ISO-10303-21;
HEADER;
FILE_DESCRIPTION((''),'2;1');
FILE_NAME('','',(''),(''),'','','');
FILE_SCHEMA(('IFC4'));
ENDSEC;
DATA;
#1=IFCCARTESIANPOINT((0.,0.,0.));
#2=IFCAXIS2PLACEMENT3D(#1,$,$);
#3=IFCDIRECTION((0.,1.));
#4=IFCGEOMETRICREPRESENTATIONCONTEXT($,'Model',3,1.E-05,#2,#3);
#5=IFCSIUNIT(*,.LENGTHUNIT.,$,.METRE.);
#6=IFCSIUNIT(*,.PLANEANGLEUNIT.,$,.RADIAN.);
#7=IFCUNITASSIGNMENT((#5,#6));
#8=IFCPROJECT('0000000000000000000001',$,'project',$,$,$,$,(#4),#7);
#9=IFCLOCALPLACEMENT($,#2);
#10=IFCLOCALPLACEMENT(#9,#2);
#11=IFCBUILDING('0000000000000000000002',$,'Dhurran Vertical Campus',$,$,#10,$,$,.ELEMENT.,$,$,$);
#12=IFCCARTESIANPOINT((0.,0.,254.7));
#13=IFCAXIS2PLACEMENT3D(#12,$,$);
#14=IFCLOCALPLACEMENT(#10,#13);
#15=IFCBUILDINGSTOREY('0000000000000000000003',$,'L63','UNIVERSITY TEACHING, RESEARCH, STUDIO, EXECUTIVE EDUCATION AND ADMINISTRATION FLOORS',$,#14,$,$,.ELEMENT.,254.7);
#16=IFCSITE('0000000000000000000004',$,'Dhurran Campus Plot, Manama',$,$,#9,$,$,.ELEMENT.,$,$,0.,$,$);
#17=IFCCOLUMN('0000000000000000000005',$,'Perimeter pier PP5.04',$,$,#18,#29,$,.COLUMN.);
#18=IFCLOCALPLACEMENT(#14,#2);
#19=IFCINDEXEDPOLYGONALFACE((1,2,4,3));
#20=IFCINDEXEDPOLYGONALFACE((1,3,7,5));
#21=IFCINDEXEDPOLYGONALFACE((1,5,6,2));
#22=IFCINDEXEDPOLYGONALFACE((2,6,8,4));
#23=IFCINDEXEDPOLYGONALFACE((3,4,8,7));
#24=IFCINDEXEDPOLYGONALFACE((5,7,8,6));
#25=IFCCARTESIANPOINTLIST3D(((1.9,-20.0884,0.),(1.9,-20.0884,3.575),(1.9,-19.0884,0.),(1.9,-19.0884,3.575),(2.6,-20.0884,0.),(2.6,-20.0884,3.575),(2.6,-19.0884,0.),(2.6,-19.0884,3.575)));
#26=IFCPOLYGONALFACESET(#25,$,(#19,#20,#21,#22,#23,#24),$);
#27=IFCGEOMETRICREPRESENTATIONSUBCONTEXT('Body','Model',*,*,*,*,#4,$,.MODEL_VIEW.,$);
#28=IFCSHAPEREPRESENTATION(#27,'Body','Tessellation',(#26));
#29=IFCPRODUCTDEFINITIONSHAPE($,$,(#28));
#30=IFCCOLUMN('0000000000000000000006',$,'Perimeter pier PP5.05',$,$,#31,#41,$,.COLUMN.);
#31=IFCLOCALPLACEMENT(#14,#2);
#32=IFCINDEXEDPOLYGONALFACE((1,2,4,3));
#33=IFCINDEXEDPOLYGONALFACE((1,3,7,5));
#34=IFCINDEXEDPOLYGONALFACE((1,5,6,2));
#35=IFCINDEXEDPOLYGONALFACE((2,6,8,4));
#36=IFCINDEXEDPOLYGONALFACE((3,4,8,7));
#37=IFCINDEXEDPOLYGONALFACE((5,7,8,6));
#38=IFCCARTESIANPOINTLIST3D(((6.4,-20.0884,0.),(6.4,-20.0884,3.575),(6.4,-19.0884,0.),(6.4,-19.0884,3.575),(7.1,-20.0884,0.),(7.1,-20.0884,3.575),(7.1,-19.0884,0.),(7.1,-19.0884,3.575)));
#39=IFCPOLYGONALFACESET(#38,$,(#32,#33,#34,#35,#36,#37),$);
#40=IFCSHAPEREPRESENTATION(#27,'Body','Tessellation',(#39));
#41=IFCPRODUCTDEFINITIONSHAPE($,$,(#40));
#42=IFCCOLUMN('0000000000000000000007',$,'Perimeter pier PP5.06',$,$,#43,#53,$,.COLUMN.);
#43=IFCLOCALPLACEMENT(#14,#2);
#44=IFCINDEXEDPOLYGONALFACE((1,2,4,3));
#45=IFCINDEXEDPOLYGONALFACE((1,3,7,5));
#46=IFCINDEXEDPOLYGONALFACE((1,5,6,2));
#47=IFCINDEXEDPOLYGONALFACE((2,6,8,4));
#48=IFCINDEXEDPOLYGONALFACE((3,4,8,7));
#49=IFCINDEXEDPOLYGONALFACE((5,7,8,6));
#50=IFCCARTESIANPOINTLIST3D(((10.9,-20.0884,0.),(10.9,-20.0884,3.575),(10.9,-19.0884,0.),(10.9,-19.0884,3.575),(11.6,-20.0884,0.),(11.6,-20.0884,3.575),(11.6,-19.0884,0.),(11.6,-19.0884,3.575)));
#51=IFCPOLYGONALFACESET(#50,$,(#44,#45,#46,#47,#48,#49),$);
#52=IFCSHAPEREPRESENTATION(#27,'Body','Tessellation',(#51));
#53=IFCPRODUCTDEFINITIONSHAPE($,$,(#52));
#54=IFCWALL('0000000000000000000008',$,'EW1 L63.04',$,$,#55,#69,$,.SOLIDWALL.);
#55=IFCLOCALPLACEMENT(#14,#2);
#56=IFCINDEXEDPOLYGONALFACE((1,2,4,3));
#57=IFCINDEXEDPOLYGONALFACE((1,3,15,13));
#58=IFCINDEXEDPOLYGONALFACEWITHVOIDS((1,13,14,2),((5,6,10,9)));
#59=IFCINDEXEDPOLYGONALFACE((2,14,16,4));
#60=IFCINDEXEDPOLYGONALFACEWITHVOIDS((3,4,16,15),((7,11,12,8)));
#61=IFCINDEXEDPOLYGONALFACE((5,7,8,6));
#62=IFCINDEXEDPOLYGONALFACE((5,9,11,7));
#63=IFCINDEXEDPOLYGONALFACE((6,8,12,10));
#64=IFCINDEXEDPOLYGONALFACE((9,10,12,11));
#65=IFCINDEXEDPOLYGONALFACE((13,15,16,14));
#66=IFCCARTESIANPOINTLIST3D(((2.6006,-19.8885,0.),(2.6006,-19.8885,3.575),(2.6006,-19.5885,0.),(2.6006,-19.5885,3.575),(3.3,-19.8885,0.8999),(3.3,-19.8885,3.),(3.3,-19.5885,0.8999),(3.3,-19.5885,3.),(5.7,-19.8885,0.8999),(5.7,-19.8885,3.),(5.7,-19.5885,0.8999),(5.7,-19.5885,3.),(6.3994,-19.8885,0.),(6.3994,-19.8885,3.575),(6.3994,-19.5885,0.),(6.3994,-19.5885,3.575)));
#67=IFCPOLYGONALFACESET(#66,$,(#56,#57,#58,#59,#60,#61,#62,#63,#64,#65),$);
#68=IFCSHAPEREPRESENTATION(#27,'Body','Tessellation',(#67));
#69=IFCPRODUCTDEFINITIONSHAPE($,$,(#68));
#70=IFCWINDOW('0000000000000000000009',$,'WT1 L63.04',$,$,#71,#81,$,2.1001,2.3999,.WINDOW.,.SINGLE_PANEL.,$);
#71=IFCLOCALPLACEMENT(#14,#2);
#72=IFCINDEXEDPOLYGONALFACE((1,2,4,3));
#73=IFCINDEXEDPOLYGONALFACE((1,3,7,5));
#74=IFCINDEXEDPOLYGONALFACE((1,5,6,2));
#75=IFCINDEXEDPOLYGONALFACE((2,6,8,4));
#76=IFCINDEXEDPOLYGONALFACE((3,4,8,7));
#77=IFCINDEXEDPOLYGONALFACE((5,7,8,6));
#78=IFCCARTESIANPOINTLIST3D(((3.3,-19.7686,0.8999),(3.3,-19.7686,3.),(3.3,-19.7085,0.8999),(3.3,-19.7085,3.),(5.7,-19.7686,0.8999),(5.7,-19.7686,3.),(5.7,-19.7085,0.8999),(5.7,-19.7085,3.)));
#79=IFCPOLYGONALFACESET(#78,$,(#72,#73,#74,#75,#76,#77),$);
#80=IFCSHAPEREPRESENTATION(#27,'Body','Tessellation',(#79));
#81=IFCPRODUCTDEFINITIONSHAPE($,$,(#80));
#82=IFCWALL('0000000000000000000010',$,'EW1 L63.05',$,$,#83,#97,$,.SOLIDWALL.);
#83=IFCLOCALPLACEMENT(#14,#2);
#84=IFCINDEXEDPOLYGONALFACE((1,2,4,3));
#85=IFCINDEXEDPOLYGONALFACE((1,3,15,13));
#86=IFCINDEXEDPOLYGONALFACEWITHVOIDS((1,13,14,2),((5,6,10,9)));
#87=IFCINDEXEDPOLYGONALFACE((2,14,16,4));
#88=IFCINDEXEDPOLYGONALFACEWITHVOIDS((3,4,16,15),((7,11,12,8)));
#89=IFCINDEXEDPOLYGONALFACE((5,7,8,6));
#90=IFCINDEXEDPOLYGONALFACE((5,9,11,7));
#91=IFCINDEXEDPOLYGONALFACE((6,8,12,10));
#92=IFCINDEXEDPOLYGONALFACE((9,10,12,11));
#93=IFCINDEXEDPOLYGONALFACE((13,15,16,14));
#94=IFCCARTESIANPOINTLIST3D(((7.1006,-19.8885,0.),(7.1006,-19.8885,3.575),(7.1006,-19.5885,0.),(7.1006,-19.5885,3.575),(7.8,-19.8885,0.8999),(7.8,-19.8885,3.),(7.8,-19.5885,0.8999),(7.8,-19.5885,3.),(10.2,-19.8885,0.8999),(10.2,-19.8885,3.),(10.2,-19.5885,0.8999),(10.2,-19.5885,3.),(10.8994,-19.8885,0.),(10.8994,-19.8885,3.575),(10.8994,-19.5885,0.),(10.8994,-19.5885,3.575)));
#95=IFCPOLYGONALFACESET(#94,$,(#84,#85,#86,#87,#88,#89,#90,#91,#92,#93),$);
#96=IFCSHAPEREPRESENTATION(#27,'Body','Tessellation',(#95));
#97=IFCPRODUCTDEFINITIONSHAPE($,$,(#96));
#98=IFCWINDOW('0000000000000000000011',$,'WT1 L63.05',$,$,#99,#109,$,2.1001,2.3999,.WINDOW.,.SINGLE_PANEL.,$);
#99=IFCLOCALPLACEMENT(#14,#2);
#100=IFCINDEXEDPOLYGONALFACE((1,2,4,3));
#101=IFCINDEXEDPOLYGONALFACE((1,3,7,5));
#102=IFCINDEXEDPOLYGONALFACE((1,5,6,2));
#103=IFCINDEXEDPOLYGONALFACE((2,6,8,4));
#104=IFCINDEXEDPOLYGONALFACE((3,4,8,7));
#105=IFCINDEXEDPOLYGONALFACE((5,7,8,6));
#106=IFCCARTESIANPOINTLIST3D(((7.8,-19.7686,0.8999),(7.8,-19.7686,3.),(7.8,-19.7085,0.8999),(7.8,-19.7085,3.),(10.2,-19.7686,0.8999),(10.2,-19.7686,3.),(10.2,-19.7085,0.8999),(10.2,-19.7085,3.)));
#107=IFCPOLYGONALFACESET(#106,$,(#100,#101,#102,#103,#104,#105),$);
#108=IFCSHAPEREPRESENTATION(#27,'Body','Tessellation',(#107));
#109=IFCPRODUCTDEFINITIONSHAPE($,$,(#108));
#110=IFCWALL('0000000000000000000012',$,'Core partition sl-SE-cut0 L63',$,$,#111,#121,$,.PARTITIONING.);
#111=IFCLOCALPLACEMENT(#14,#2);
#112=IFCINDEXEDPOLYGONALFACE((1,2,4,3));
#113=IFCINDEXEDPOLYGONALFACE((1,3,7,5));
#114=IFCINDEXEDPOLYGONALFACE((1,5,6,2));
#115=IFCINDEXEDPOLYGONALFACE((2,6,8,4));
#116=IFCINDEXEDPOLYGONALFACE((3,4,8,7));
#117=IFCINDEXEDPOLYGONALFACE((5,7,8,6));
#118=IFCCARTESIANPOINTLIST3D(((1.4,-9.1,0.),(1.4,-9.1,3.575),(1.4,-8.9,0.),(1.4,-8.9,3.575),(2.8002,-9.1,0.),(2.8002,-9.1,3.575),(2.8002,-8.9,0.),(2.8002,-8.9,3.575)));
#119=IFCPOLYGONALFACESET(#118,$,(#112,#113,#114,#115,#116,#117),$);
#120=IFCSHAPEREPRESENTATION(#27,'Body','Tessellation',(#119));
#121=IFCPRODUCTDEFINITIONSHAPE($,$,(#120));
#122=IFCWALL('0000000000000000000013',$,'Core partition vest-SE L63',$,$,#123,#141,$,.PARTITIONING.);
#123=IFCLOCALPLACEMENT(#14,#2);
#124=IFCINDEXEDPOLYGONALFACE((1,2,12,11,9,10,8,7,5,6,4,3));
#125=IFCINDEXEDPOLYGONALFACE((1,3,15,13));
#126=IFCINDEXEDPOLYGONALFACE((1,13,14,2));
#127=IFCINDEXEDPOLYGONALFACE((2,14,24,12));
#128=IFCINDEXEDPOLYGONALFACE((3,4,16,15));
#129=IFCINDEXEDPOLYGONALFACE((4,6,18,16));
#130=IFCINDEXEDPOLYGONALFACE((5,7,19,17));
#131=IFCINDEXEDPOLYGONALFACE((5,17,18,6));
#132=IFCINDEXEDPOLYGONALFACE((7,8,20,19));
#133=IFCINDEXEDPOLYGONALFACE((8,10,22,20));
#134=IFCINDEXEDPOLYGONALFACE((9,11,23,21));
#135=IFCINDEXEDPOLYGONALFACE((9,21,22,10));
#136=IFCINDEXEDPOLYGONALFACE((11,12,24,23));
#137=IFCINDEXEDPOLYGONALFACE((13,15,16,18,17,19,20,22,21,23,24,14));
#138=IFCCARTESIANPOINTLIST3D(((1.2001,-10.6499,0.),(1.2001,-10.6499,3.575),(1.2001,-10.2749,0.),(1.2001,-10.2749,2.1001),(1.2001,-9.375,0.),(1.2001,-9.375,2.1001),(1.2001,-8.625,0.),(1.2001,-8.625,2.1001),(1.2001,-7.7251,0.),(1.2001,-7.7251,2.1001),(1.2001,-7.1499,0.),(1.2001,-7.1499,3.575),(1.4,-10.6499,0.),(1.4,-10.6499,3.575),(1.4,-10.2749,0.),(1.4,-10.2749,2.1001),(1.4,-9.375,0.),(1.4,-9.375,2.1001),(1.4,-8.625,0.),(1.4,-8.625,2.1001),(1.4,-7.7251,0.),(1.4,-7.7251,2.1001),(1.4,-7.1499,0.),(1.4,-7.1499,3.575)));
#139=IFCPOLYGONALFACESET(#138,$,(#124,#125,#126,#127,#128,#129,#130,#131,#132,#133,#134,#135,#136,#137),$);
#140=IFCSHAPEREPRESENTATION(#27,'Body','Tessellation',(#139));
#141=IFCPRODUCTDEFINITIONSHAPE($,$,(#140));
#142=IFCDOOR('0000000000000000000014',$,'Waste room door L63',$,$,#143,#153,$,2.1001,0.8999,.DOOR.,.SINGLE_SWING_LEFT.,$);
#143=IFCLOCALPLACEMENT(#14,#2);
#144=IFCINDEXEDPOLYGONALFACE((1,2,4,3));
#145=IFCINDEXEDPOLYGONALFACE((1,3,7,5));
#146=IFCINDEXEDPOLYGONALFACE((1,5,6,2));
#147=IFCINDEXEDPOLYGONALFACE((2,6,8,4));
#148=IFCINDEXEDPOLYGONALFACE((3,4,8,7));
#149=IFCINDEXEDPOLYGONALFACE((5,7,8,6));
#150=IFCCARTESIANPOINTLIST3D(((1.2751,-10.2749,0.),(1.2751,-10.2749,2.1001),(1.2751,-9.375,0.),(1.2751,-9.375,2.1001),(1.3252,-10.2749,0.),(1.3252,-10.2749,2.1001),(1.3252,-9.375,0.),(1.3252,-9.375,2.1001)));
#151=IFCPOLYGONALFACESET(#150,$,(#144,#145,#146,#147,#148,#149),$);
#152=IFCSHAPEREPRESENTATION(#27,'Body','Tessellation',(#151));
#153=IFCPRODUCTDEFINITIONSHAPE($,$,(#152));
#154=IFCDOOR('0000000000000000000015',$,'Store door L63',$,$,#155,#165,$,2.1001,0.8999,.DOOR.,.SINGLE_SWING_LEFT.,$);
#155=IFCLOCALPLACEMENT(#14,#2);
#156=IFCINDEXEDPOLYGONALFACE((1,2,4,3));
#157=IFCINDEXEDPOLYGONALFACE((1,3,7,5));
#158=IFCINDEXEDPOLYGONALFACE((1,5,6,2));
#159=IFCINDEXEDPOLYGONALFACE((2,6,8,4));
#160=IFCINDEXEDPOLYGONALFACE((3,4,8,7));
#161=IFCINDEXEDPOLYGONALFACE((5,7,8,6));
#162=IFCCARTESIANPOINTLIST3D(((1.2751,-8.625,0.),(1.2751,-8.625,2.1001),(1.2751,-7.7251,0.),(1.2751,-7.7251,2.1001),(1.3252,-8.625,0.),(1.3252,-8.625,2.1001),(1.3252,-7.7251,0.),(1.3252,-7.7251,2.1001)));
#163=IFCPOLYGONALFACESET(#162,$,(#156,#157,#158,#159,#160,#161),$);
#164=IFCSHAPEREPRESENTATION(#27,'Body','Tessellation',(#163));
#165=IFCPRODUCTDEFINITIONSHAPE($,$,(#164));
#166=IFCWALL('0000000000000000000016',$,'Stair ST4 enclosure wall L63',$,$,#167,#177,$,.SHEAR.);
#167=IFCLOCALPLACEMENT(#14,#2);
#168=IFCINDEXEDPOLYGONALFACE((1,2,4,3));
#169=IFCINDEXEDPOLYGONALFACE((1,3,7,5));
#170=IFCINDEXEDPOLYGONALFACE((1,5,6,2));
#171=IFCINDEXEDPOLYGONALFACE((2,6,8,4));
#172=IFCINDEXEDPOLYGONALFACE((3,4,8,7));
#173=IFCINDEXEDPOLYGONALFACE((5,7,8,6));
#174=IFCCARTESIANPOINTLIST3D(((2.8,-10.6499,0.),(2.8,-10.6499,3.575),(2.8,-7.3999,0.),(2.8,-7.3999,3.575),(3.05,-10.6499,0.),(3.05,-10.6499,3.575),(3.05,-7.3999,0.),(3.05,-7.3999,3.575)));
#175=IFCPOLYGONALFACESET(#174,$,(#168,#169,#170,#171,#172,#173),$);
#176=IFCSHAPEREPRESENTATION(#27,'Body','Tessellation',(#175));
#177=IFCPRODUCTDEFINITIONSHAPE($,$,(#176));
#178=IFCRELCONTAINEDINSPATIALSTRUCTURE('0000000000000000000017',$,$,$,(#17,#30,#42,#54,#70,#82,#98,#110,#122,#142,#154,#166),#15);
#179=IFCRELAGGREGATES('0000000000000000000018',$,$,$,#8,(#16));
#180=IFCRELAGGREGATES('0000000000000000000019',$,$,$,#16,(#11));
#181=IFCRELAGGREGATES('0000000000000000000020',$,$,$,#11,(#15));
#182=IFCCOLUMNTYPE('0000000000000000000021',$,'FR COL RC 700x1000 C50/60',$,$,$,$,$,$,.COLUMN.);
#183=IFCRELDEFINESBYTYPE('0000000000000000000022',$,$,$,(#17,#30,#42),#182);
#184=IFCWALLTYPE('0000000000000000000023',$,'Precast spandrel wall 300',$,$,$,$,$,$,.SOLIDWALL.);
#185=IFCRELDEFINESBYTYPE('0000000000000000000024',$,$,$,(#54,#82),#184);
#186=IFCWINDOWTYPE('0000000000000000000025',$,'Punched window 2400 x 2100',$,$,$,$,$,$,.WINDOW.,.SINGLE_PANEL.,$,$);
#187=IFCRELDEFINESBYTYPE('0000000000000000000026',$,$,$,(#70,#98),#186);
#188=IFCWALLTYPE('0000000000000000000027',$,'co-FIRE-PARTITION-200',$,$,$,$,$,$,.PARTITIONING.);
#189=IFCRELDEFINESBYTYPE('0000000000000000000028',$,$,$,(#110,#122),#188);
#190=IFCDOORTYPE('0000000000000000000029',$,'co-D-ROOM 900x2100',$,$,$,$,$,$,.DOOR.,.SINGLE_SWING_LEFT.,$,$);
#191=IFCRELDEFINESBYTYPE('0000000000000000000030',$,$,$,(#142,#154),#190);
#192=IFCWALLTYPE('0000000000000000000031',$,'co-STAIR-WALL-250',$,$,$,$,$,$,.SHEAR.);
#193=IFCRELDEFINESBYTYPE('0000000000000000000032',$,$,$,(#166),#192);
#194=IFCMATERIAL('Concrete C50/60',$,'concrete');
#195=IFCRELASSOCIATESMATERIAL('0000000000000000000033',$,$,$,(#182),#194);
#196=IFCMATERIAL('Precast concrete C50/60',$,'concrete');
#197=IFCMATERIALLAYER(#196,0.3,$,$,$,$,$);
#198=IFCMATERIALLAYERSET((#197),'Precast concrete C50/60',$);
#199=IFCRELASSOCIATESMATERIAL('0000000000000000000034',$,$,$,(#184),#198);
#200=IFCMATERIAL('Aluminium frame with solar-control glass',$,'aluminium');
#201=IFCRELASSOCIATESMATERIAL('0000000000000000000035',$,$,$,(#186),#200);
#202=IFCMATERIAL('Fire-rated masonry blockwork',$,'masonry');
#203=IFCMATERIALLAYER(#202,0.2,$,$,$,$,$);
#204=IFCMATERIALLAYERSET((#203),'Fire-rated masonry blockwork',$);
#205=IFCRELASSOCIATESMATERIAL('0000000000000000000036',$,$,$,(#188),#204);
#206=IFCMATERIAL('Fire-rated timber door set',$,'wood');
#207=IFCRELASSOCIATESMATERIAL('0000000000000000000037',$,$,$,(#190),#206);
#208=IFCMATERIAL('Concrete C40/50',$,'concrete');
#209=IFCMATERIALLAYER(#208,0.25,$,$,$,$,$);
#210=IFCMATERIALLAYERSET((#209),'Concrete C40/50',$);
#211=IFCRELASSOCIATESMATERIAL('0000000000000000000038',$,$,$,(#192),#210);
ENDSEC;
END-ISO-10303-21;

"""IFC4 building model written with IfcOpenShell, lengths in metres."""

from ifc_helpers import new_model, si_unit, direction, frame, frame_2d, origin, origin_2d, place, context, subcontext, project, spatial, rectangle, extrude, material, layer, layer_set, material_profile, profile_set, type_object, element, fill, save


model = new_model("IFC4")

# Units and contexts
model_context = context("Model", 3, precision=1e-05, world=origin(), true_north=direction((0.0, 1.0)))
body_context = subcontext(model_context, "Body", "Model", "MODEL_VIEW")
ifc_project = project(units=[si_unit("LENGTHUNIT", "METRE"), si_unit("PLANEANGLEUNIT", "RADIAN")], contexts=[model_context])

# Site, building, storey
site_placement = place(None, origin())
site = spatial("IfcSite", under=ifc_project, at=site_placement, Name="Dhurran Campus Plot, Manama", CompositionType="ELEMENT", RefElevation=0.0)
building_placement = place(site_placement, origin())
building = spatial("IfcBuilding", under=site, at=building_placement, Name="Dhurran Vertical Campus", CompositionType="ELEMENT")
storey_placement = place(building_placement, frame((0.0, 0.0, 254.7)))
storey = spatial("IfcBuildingStorey", under=building, at=storey_placement, Name="L63", Description="UNIVERSITY TEACHING, RESEARCH, STUDIO, EXECUTIVE EDUCATION AND ADMINISTRATION FLOORS", CompositionType="ELEMENT", Elevation=254.7)

# Columns
ifc_material_1 = material(Name="Concrete C50/60", Category="concrete")
ifc_material_profile = material_profile(ifc_material_1, rectangle(XDim=0.7, YDim=1.0, at=origin_2d()), Name="RC 700x1000")
ifc_profile_set = profile_set([ifc_material_profile], Name="Concrete C50/60")
column_type = type_object("IfcColumnType", Name="FR COL RC 700x1000 C50/60", PredefinedType="COLUMN", material=ifc_profile_set)
for number, where, z_axis, x_axis, name in (
    (1, (2.25, -19.5884, 0.0), (0.0, 0.0, 1.0), (1.0, 0.0, 0.0), "Perimeter pier PP5.04"),
    (2, (6.75, -19.5884, 0.0), (0.0, 0.0, 1.0), (1.0, 0.0, 0.0), "Perimeter pier PP5.05"),
    (3, (11.25, -19.5884, 0.0), (0.0, 0.0, 1.0), (1.0, 0.0, 0.0), "Perimeter pier PP5.06"),
):
    element("IfcColumn", number, at=place(storey_placement, frame(where, z_axis=z_axis, x_axis=x_axis)), inside=storey, type_object=column_type, Name=name, PredefinedType="COLUMN", context=body_context, shape_type="SweptSolid", body=[
        extrude(rectangle(XDim=0.7, YDim=1.0, at=origin_2d()), origin(), (0.0, 0.0, 1.0), 3.575),
    ])

# Walls, openings, windows
ifc_material_2 = material(Name="Precast concrete C50/60", Category="concrete")
ifc_layer_1 = layer(ifc_material_2, 0.3)
ifc_layer_set_1 = layer_set([ifc_layer_1], Name="Precast concrete C50/60")
wall_type_1 = type_object("IfcWallType", Name="Precast spandrel wall 300", PredefinedType="SOLIDWALL", material=ifc_layer_set_1)
wall_1_placement = place(storey_placement, frame((2.6006, -19.7385, 0.0), z_axis=(0.0, 0.0, 1.0), x_axis=(1.0, 0.0, 0.0)))
wall_1 = element("IfcWall", 4, at=wall_1_placement, inside=storey, type_object=wall_type_1, Name="EW1 L63.04", PredefinedType="SOLIDWALL", context=body_context, shape_type="SweptSolid", body=[
    extrude(rectangle(XDim=3.7988, YDim=0.3, at=frame_2d((1.8994, 0.0))), origin(), (0.0, 0.0, 1.0), 3.575),
])
opening_1_placement = place(wall_1_placement, frame((0.6995, 0.0, 0.8999)))
opening_1 = element("IfcOpeningElement", 5, at=opening_1_placement, cuts=wall_1, PredefinedType="OPENING", context=body_context, shape_type="SweptSolid", body=[
    extrude(rectangle(XDim=2.3999, YDim=2.1001, at=frame_2d((1.2, 1.05))), frame((0.0, 0.1599, 0.0), z_axis=(0.0, -1.0, 0.0), x_axis=(1.0, 0.0, 0.0)), (0.0, 0.0, 1.0), 0.3201),
])
ifc_material_3 = material(Name="Aluminium frame with solar-control glass", Category="aluminium")
window_type = type_object("IfcWindowType", Name="Punched window 2400 x 2100", PartitioningType="SINGLE_PANEL", PredefinedType="WINDOW", material=ifc_material_3)
window_1_placement = place(opening_1_placement, origin())
window_1 = element("IfcWindow", 6, at=window_1_placement, inside=storey, type_object=window_type, Name="WT1 L63.04", OverallHeight=2.1001, OverallWidth=2.3999, PartitioningType="SINGLE_PANEL", PredefinedType="WINDOW", context=body_context, shape_type="SweptSolid", body=[
    extrude(rectangle(XDim=2.3999, YDim=2.1001, at=frame_2d((1.2, 1.05))), frame((0.0, 0.03, 0.0), z_axis=(0.0, -1.0, 0.0), x_axis=(1.0, 0.0, 0.0)), (0.0, 0.0, 1.0), 0.0601),
])
fill(opening_1, window_1)
wall_2_placement = place(storey_placement, frame((7.1006, -19.7385, 0.0), z_axis=(0.0, 0.0, 1.0), x_axis=(1.0, 0.0, 0.0)))
wall_2 = element("IfcWall", 7, at=wall_2_placement, inside=storey, type_object=wall_type_1, Name="EW1 L63.05", PredefinedType="SOLIDWALL", context=body_context, shape_type="SweptSolid", body=[
    extrude(rectangle(XDim=3.7988, YDim=0.3, at=frame_2d((1.8994, 0.0))), origin(), (0.0, 0.0, 1.0), 3.575),
])
opening_2_placement = place(wall_2_placement, frame((0.6995, 0.0, 0.8999)))
opening_2 = element("IfcOpeningElement", 8, at=opening_2_placement, cuts=wall_2, PredefinedType="OPENING", context=body_context, shape_type="SweptSolid", body=[
    extrude(rectangle(XDim=2.3999, YDim=2.1001, at=frame_2d((1.2, 1.05))), frame((0.0, 0.1599, 0.0), z_axis=(0.0, -1.0, 0.0), x_axis=(1.0, 0.0, 0.0)), (0.0, 0.0, 1.0), 0.3201),
])
window_2_placement = place(opening_2_placement, origin())
window_2 = element("IfcWindow", 9, at=window_2_placement, inside=storey, type_object=window_type, Name="WT1 L63.05", OverallHeight=2.1001, OverallWidth=2.3999, PartitioningType="SINGLE_PANEL", PredefinedType="WINDOW", context=body_context, shape_type="SweptSolid", body=[
    extrude(rectangle(XDim=2.3999, YDim=2.1001, at=frame_2d((1.2, 1.05))), frame((0.0, 0.03, 0.0), z_axis=(0.0, -1.0, 0.0), x_axis=(1.0, 0.0, 0.0)), (0.0, 0.0, 1.0), 0.0601),
])
fill(opening_2, window_2)

# Wall
ifc_material_4 = material(Name="Fire-rated masonry blockwork", Category="masonry")
ifc_layer_2 = layer(ifc_material_4, 0.2)
ifc_layer_set_2 = layer_set([ifc_layer_2], Name="Fire-rated masonry blockwork")
wall_type_2 = type_object("IfcWallType", Name="co-FIRE-PARTITION-200", PredefinedType="PARTITIONING", material=ifc_layer_set_2)
wall_3_placement = place(storey_placement, frame((1.3999, -9.0, 0.0), z_axis=(0.0, 0.0, 1.0), x_axis=(1.0, 0.0, 0.0)))
element("IfcWall", 10, at=wall_3_placement, inside=storey, type_object=wall_type_2, Name="Core partition sl-SE-cut0 L63", PredefinedType="PARTITIONING", context=body_context, shape_type="SweptSolid", body=[
    extrude(rectangle(XDim=1.4001, YDim=0.2, at=frame_2d((0.7002, 0.0))), origin(), (0.0, 0.0, 1.0), 3.575),
])

# Wall, openings, doors
wall_4_placement = place(storey_placement, frame((1.3, -10.6499, 0.0), z_axis=(0.0, 0.0, 1.0), x_axis=(0.0, 1.0, 0.0)))
wall_4 = element("IfcWall", 11, at=wall_4_placement, inside=storey, type_object=wall_type_2, Name="Core partition vest-SE L63", PredefinedType="PARTITIONING", context=body_context, shape_type="SweptSolid", body=[
    extrude(rectangle(XDim=3.5, YDim=0.2, at=frame_2d((1.75, 0.0))), origin(), (0.0, 0.0, 1.0), 3.575),
])
opening_3_placement = place(wall_4_placement, frame((0.375, 0.0, 0.0)))
opening_3 = element("IfcOpeningElement", 12, at=opening_3_placement, cuts=wall_4, PredefinedType="OPENING", context=body_context, shape_type="SweptSolid", body=[
    extrude(rectangle(XDim=0.8999, YDim=2.1001, at=frame_2d((0.45, 1.05))), frame((0.0, 0.1099, 0.0), z_axis=(0.0, -1.0, 0.0), x_axis=(1.0, 0.0, 0.0)), (0.0, 0.0, 1.0), 0.22),
])
opening_4_placement = place(wall_4_placement, frame((2.0249, 0.0, 0.0)))
opening_4 = element("IfcOpeningElement", 13, at=opening_4_placement, cuts=wall_4, PredefinedType="OPENING", context=body_context, shape_type="SweptSolid", body=[
    extrude(rectangle(XDim=0.8999, YDim=2.1001, at=frame_2d((0.45, 1.05))), frame((0.0, 0.1099, 0.0), z_axis=(0.0, -1.0, 0.0), x_axis=(1.0, 0.0, 0.0)), (0.0, 0.0, 1.0), 0.22),
])
ifc_material_5 = material(Name="Fire-rated timber door set", Category="wood")
door_type = type_object("IfcDoorType", Name="co-D-ROOM 900x2100", OperationType="SINGLE_SWING_LEFT", PredefinedType="DOOR", material=ifc_material_5)
door_1_placement = place(opening_3_placement, origin())
door_1 = element("IfcDoor", 14, at=door_1_placement, inside=storey, type_object=door_type, Name="Waste room door L63", OperationType="SINGLE_SWING_LEFT", OverallHeight=2.1001, OverallWidth=0.8999, PredefinedType="DOOR", context=body_context, shape_type="SweptSolid", body=[
    extrude(rectangle(XDim=0.8999, YDim=2.1001, at=frame_2d((0.45, 1.05))), frame((0.0, 0.0249, 0.0), z_axis=(0.0, -1.0, 0.0), x_axis=(1.0, 0.0, 0.0)), (0.0, 0.0, 1.0), 0.05),
])
fill(opening_3, door_1)
door_2_placement = place(opening_4_placement, origin())
door_2 = element("IfcDoor", 15, at=door_2_placement, inside=storey, type_object=door_type, Name="Store door L63", OperationType="SINGLE_SWING_LEFT", OverallHeight=2.1001, OverallWidth=0.8999, PredefinedType="DOOR", context=body_context, shape_type="SweptSolid", body=[
    extrude(rectangle(XDim=0.8999, YDim=2.1001, at=frame_2d((0.45, 1.05))), frame((0.0, 0.0249, 0.0), z_axis=(0.0, -1.0, 0.0), x_axis=(1.0, 0.0, 0.0)), (0.0, 0.0, 1.0), 0.05),
])
fill(opening_4, door_2)

# Wall
ifc_material_6 = material(Name="Concrete C40/50", Category="concrete")
ifc_layer_3 = layer(ifc_material_6, 0.25)
ifc_layer_set_3 = layer_set([ifc_layer_3], Name="Concrete C40/50")
wall_type_3 = type_object("IfcWallType", Name="co-STAIR-WALL-250", PredefinedType="SHEAR", material=ifc_layer_set_3)
wall_5_placement = place(storey_placement, frame((2.925, -10.6499, 0.0), z_axis=(0.0, 0.0, 1.0), x_axis=(0.0, 1.0, 0.0)))
element("IfcWall", 16, at=wall_5_placement, inside=storey, type_object=wall_type_3, Name="Stair ST4 enclosure wall L63", PredefinedType="SHEAR", context=body_context, shape_type="SweptSolid", body=[
    extrude(rectangle(XDim=3.25, YDim=0.25, at=frame_2d((1.625, 0.0))), origin(), (0.0, 0.0, 1.0), 3.575),
])

save(model, "model.ifc")
